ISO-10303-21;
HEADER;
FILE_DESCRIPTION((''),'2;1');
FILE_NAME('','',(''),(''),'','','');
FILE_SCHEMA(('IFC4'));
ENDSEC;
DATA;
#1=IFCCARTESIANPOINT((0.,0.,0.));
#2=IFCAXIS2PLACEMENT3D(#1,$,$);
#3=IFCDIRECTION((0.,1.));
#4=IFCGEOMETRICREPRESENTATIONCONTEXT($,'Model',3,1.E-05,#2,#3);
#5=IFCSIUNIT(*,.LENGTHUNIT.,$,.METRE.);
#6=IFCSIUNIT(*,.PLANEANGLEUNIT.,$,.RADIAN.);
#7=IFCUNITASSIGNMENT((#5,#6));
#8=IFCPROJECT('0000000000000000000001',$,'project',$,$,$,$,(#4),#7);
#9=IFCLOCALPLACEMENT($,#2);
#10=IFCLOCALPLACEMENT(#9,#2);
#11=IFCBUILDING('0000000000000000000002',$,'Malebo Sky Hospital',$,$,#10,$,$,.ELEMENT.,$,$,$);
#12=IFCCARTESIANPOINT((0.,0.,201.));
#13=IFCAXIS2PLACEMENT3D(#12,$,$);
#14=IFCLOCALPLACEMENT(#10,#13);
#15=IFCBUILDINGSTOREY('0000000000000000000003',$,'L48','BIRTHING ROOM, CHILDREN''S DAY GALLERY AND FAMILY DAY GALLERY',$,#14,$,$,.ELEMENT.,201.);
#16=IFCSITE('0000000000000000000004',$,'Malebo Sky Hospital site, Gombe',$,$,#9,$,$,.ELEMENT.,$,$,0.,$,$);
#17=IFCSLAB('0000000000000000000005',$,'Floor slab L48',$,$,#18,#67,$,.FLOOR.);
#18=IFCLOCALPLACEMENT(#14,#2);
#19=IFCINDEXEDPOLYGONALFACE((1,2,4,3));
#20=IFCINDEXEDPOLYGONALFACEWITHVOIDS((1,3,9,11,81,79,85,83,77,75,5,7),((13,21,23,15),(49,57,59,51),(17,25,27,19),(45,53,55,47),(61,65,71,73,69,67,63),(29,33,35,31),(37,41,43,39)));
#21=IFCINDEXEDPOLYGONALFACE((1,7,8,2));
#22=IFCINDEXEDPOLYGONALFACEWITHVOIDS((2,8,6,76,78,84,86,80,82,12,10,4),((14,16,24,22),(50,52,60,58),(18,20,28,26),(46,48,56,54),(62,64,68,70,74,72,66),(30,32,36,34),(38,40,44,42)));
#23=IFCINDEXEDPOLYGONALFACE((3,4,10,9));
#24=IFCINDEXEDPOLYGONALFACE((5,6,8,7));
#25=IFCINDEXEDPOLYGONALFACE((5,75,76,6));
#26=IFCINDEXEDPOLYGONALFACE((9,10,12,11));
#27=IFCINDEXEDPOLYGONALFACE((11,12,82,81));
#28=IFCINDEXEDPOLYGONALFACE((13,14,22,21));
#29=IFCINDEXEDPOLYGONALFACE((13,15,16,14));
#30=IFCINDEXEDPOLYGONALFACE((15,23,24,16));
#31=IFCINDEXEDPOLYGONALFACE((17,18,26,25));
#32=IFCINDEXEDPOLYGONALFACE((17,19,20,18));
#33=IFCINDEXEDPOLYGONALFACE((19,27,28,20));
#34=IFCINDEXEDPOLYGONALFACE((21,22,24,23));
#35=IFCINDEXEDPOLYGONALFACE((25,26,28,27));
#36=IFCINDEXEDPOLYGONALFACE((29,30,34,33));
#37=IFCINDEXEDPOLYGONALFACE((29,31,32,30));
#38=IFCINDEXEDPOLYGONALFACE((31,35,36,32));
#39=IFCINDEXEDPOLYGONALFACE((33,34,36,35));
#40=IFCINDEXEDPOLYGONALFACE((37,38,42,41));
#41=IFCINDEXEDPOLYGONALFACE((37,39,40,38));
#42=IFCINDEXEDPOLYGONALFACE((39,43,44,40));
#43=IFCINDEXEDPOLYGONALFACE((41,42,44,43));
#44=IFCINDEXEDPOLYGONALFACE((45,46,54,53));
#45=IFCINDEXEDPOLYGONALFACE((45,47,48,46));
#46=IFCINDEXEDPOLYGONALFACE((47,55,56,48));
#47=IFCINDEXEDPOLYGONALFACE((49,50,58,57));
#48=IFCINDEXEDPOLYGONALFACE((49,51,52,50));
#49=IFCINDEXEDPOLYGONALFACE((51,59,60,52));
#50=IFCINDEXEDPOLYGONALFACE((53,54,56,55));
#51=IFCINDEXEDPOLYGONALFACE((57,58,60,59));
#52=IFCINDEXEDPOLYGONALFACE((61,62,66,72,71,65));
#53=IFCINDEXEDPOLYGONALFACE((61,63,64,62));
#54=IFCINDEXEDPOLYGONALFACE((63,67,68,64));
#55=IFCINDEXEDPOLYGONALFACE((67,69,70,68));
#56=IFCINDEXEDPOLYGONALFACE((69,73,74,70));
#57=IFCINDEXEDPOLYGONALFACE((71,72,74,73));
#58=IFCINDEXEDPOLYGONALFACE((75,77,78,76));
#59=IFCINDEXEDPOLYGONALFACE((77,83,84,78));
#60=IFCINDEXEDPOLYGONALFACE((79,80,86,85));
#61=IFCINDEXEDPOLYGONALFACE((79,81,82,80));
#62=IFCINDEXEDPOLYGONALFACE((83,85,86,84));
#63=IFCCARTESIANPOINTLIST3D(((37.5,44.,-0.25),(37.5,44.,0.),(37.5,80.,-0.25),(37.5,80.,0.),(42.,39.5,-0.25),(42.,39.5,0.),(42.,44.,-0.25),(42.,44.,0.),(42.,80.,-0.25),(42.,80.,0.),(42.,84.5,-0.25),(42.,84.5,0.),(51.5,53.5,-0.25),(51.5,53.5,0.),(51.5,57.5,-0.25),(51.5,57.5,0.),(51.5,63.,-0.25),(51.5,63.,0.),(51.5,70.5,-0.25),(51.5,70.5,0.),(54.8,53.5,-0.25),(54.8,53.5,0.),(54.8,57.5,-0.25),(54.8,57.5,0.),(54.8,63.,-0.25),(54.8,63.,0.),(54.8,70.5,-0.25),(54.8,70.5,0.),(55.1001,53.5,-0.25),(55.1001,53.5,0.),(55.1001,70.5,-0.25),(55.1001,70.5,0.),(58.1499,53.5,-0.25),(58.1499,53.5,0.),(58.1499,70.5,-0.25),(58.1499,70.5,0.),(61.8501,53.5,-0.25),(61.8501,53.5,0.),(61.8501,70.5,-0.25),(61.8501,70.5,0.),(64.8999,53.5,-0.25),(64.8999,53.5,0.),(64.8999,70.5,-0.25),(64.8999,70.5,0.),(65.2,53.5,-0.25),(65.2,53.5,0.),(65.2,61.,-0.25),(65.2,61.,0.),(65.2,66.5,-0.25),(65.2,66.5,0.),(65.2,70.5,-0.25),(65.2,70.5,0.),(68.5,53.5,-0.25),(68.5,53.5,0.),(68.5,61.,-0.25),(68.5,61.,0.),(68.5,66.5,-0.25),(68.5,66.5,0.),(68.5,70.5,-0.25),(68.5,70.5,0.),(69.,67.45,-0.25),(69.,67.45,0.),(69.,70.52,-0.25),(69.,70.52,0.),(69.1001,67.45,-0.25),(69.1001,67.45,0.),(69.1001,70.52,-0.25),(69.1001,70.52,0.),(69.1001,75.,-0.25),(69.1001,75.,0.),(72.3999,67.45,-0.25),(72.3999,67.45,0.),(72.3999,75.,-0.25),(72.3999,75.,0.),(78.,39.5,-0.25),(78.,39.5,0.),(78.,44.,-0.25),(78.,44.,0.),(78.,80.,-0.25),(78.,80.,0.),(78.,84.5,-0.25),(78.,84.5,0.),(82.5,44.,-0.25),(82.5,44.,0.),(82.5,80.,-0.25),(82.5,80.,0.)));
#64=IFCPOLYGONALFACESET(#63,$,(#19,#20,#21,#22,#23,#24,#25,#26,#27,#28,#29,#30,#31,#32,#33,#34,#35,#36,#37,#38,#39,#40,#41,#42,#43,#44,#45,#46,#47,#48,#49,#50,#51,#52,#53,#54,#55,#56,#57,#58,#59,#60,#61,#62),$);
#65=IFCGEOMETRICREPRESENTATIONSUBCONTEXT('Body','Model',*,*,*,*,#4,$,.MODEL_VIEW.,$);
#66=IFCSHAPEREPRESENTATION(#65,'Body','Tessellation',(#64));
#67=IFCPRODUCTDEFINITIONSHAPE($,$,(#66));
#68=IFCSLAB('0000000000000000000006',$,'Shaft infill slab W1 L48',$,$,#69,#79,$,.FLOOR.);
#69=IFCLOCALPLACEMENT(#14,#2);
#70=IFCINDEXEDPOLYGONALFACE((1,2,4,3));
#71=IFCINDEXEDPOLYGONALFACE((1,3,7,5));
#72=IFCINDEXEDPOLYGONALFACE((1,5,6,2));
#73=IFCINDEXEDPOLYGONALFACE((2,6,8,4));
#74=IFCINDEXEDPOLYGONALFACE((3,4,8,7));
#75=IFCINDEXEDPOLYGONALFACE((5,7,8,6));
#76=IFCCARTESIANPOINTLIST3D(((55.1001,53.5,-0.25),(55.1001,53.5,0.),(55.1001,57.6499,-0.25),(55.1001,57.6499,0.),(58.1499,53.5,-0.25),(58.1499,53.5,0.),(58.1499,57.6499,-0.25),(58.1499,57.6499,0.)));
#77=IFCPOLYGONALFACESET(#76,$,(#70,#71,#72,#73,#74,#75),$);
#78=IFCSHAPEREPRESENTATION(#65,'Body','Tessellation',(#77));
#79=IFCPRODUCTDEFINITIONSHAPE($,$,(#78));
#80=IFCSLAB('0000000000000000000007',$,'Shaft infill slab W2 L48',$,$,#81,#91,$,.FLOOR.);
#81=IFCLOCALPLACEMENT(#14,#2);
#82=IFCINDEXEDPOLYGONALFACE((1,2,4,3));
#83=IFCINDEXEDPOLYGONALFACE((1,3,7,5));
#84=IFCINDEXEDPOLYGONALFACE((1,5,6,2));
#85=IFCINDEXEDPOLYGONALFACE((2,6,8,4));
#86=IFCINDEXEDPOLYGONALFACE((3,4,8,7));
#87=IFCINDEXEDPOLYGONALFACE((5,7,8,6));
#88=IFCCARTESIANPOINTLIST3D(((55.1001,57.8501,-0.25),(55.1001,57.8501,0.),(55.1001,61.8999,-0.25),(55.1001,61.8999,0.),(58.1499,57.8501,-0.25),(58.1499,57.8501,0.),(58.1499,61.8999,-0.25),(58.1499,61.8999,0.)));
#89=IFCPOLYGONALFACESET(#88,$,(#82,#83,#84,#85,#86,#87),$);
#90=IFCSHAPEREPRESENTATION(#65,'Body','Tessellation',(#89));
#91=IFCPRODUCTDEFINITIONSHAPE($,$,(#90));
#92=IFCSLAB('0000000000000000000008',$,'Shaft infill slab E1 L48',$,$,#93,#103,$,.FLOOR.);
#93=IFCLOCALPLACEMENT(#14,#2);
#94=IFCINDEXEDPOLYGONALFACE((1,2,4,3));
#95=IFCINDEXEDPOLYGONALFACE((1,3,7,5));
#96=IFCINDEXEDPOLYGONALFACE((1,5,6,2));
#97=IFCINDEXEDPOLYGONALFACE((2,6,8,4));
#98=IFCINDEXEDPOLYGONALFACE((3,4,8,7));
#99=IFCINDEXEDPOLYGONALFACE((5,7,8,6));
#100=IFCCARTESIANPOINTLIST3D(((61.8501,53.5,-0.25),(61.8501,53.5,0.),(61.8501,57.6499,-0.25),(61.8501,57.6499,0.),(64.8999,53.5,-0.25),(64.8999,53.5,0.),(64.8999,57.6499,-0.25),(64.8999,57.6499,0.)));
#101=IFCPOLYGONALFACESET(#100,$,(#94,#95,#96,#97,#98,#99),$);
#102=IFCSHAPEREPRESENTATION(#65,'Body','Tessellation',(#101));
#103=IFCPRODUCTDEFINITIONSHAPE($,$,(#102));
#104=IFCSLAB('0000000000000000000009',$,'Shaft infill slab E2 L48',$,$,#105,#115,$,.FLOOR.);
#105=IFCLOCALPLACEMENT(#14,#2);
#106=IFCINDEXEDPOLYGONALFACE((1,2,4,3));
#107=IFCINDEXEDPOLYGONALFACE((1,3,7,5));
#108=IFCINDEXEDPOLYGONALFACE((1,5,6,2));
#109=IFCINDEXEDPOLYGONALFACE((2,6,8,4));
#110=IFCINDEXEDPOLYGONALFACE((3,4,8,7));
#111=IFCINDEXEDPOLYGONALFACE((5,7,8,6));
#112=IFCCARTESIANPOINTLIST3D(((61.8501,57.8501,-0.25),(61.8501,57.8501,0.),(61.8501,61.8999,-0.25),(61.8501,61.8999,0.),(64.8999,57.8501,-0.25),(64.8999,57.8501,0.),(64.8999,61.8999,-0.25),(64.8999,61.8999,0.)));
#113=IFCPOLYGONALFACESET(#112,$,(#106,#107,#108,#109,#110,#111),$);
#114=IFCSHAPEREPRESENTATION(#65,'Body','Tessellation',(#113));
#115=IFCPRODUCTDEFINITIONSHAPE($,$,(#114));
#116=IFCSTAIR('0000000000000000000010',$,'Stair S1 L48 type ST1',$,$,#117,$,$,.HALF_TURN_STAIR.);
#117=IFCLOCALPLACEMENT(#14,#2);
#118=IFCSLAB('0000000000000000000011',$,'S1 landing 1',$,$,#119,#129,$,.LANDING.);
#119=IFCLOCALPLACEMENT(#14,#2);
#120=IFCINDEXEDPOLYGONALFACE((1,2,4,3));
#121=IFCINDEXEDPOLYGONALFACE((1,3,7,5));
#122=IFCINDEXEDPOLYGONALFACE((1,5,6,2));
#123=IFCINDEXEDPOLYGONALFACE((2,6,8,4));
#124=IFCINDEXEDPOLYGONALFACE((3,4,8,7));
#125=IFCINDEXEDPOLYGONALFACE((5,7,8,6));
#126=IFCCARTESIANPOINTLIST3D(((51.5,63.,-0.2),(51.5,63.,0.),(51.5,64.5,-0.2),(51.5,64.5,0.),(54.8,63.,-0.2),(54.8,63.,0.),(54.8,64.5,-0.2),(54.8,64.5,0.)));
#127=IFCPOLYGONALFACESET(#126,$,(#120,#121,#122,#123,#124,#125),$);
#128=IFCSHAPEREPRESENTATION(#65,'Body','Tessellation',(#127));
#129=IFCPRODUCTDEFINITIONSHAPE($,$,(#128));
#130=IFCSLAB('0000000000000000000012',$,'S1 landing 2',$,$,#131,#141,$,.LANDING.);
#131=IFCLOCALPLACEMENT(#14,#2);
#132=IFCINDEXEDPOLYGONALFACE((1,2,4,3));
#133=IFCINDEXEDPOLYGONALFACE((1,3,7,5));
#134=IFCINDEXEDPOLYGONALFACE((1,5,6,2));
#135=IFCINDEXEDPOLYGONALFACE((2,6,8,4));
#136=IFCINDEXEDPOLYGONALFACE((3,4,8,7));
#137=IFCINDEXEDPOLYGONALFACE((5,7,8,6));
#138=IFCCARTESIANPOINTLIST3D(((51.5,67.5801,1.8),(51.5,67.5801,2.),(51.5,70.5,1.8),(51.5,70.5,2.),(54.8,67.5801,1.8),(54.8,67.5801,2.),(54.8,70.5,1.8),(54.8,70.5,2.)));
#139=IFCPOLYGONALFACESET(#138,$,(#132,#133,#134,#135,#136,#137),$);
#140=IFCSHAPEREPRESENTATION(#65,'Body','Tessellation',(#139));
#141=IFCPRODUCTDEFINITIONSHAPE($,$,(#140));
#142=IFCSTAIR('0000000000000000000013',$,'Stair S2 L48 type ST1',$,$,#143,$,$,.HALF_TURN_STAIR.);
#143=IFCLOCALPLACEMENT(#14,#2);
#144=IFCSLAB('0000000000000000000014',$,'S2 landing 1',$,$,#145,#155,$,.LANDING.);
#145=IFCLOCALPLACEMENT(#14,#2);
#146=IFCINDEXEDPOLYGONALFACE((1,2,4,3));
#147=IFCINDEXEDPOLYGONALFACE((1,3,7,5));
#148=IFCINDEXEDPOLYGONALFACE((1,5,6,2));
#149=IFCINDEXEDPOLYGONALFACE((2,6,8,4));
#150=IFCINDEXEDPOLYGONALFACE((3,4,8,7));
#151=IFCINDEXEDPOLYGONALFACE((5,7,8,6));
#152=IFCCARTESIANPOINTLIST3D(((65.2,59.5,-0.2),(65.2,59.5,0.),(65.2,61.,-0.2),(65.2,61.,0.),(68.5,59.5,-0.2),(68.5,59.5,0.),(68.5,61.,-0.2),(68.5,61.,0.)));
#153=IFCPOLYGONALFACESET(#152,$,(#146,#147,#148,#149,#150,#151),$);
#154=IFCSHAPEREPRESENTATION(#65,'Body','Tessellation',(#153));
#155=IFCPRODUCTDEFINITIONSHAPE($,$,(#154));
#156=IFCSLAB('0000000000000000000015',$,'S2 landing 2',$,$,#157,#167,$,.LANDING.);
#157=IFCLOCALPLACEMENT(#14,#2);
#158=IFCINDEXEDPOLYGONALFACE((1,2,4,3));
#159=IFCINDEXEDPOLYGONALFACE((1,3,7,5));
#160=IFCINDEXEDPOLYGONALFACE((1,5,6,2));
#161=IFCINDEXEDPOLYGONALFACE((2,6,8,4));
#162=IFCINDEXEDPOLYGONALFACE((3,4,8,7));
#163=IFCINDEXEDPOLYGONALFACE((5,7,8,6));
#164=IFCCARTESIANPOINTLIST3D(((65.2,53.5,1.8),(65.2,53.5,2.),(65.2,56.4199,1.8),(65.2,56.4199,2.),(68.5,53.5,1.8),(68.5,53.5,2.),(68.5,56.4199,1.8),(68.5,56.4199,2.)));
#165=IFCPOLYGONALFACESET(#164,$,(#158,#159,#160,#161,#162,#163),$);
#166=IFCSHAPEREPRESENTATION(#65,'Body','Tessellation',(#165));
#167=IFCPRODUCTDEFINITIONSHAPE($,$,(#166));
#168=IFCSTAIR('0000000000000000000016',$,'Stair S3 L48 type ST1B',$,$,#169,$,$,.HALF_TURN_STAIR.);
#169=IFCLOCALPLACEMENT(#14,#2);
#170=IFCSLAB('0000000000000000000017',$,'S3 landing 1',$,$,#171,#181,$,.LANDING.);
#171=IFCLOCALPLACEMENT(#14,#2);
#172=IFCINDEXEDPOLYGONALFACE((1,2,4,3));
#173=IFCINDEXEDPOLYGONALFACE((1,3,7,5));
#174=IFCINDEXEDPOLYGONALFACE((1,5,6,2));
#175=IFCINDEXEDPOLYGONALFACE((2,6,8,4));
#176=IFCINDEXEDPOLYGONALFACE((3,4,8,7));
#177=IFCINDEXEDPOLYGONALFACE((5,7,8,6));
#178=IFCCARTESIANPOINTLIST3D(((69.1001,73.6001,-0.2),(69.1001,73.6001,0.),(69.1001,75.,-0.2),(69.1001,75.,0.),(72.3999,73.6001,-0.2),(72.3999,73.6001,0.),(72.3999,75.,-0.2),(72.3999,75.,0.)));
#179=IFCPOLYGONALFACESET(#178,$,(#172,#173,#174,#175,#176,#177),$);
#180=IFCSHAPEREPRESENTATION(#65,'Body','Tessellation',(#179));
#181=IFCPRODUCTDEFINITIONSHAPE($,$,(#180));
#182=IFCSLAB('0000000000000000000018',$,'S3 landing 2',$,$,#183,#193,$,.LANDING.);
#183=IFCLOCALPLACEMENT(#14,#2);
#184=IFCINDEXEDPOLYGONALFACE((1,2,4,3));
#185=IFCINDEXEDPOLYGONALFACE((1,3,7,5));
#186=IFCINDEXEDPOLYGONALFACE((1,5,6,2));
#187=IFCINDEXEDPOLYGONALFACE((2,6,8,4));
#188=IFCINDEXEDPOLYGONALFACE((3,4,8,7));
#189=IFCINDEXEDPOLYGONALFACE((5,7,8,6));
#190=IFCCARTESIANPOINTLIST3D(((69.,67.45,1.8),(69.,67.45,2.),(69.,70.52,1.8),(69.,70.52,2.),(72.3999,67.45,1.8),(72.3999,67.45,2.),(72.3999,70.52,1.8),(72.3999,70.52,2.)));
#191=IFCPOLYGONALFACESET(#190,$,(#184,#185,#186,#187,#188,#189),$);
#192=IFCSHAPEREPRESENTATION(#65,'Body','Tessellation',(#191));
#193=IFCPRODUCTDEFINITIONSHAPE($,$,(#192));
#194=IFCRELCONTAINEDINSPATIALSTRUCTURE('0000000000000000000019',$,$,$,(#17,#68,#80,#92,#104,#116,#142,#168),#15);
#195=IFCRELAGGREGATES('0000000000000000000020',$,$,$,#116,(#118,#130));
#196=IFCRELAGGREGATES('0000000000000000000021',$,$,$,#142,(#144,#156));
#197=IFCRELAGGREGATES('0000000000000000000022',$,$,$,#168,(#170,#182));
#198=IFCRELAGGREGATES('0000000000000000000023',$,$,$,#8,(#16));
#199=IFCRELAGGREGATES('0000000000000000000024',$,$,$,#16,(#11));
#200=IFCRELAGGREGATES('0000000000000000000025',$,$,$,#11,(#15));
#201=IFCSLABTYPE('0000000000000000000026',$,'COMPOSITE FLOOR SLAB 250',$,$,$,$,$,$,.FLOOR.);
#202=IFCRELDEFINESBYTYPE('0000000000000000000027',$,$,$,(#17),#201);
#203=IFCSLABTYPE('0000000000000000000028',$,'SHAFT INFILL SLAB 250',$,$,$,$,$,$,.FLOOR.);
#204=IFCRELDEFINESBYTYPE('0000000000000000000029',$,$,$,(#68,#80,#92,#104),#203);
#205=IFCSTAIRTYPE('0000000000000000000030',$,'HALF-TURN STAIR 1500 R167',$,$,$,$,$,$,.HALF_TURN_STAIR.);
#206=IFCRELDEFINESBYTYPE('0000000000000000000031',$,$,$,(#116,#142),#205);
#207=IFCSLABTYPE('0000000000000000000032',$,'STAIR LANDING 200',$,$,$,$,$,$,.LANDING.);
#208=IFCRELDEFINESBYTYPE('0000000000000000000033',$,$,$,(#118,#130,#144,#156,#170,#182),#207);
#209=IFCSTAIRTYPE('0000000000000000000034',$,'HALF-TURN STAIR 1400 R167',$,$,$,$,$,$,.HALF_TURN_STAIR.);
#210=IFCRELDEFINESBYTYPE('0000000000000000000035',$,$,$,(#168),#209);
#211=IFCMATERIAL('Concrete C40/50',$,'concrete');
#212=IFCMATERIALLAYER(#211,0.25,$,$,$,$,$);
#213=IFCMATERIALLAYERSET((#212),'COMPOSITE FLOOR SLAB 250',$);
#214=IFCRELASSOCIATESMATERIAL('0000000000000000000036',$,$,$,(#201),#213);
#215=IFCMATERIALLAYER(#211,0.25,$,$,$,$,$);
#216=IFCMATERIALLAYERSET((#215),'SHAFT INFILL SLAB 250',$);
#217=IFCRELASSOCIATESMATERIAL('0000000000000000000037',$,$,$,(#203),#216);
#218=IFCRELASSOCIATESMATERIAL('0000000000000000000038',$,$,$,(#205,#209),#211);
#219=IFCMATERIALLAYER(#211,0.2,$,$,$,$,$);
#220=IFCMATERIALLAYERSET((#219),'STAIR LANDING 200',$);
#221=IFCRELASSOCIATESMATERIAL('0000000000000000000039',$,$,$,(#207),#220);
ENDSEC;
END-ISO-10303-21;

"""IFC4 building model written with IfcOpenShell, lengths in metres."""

from ifc_helpers import new_model, si_unit, direction, frame, origin, place, context, subcontext, project, spatial, polyline, outline, extrude, material, layer, layer_set, type_object, element, aggregate, save


model = new_model("IFC4")

# Units and contexts
model_context = context("Model", 3, precision=1e-05, world=origin(), true_north=direction((0.0, 1.0)))
body_context = subcontext(model_context, "Body", "Model", "MODEL_VIEW")
ifc_project = project(units=[si_unit("LENGTHUNIT", "METRE"), si_unit("PLANEANGLEUNIT", "RADIAN")], contexts=[model_context])

# Site, building, storey
site_placement = place(None, origin())
site = spatial("IfcSite", under=ifc_project, at=site_placement, Name="Malebo Sky Hospital site, Gombe", CompositionType="ELEMENT", RefElevation=0.0)
building_placement = place(site_placement, origin())
building = spatial("IfcBuilding", under=site, at=building_placement, Name="Malebo Sky Hospital", CompositionType="ELEMENT")
storey_placement = place(building_placement, frame((0.0, 0.0, 201.0)))
storey = spatial("IfcBuildingStorey", under=building, at=storey_placement, Name="L48", Description="BIRTHING ROOM, CHILDREN'S DAY GALLERY AND FAMILY DAY GALLERY", CompositionType="ELEMENT", Elevation=201.0)

# Slabs
ifc_material_1 = material(Name="Concrete C40/50", Category="concrete")
ifc_layer_1 = layer(ifc_material_1, 0.25)
ifc_layer_set_1 = layer_set([ifc_layer_1], Name="COMPOSITE FLOOR SLAB 250")
slab_type_1 = type_object("IfcSlabType", Name="COMPOSITE FLOOR SLAB 250", PredefinedType="FLOOR", material=ifc_layer_set_1)
slab_1_placement = place(storey_placement, frame((0.0, 0.0, -0.25)))
element("IfcSlab", 1, at=slab_1_placement, inside=storey, type_object=slab_type_1, Name="Floor slab L48", PredefinedType="FLOOR", context=body_context, shape_type="SweptSolid", body=[
    extrude(outline(polyline([(42.0, 84.5), (42.0, 80.0), (37.5, 80.0), (37.5, 44.0), (42.0, 44.0), (42.0, 39.5), (78.0, 39.5), (78.0, 44.0), (82.5, 44.0), (82.5, 80.0), (78.0, 80.0), (78.0, 84.5), (42.0, 84.5)]), holes=[polyline([(55.1001, 70.5), (58.1499, 70.5), (58.1499, 53.5), (55.1001, 53.5), (55.1001, 70.5)]), polyline([(64.8999, 70.5), (64.8999, 53.5), (61.8501, 53.5), (61.8501, 70.5), (64.8999, 70.5)]), polyline([(54.8, 63.0), (51.5, 63.0), (51.5, 70.5), (54.8, 70.5), (54.8, 63.0)]), polyline([(51.5, 53.5), (51.5, 57.5), (54.8, 57.5), (54.8, 53.5), (51.5, 53.5)]), polyline([(65.2, 61.0), (68.5, 61.0), (68.5, 53.5), (65.2, 53.5), (65.2, 61.0)]), polyline([(68.5, 70.5), (68.5, 66.5), (65.2, 66.5), (65.2, 70.5), (68.5, 70.5)]), polyline([(69.0, 67.45), (69.0, 70.52), (69.1001, 70.52), (69.1001, 75.0), (72.3999, 75.0), (72.3999, 67.45), (69.1001, 67.45), (69.0, 67.45)])]), origin(), (0.0, 0.0, 1.0), 0.25),
])
ifc_layer_2 = layer(ifc_material_1, 0.25)
ifc_layer_set_2 = layer_set([ifc_layer_2], Name="SHAFT INFILL SLAB 250")
slab_type_2 = type_object("IfcSlabType", Name="SHAFT INFILL SLAB 250", PredefinedType="FLOOR", material=ifc_layer_set_2)
slab_2_placement = place(storey_placement, frame((0.0, 0.0, -0.25)))
element("IfcSlab", 2, at=slab_2_placement, inside=storey, type_object=slab_type_2, Name="Shaft infill slab W1 L48", PredefinedType="FLOOR", context=body_context, shape_type="SweptSolid", body=[
    extrude(outline(polyline([(55.1001, 53.5), (58.1499, 53.5), (58.1499, 57.6499), (55.1001, 57.6499), (55.1001, 53.5)])), origin(), (0.0, 0.0, 1.0), 0.25),
])
slab_3_placement = place(storey_placement, frame((0.0, 0.0, -0.25)))
element("IfcSlab", 3, at=slab_3_placement, inside=storey, type_object=slab_type_2, Name="Shaft infill slab W2 L48", PredefinedType="FLOOR", context=body_context, shape_type="SweptSolid", body=[
    extrude(outline(polyline([(55.1001, 57.8501), (58.1499, 57.8501), (58.1499, 61.8999), (55.1001, 61.8999), (55.1001, 57.8501)])), origin(), (0.0, 0.0, 1.0), 0.25),
])
slab_4_placement = place(storey_placement, frame((0.0, 0.0, -0.25)))
element("IfcSlab", 4, at=slab_4_placement, inside=storey, type_object=slab_type_2, Name="Shaft infill slab E1 L48", PredefinedType="FLOOR", context=body_context, shape_type="SweptSolid", body=[
    extrude(outline(polyline([(61.8501, 53.5), (64.8999, 53.5), (64.8999, 57.6499), (61.8501, 57.6499), (61.8501, 53.5)])), origin(), (0.0, 0.0, 1.0), 0.25),
])
slab_5_placement = place(storey_placement, frame((0.0, 0.0, -0.25)))
element("IfcSlab", 5, at=slab_5_placement, inside=storey, type_object=slab_type_2, Name="Shaft infill slab E2 L48", PredefinedType="FLOOR", context=body_context, shape_type="SweptSolid", body=[
    extrude(outline(polyline([(61.8501, 57.8501), (64.8999, 57.8501), (64.8999, 61.8999), (61.8501, 61.8999), (61.8501, 57.8501)])), origin(), (0.0, 0.0, 1.0), 0.25),
])

# Stairs, slabs
stair_type_1 = type_object("IfcStairType", Name="HALF-TURN STAIR 1500 R167", PredefinedType="HALF_TURN_STAIR", material=ifc_material_1)
stair_1_placement = place(storey_placement, origin())
stair_1 = element("IfcStair", 6, at=stair_1_placement, inside=storey, type_object=stair_type_1, Name="Stair S1 L48 type ST1", PredefinedType="HALF_TURN_STAIR")
ifc_layer_3 = layer(ifc_material_1, 0.2)
ifc_layer_set_3 = layer_set([ifc_layer_3], Name="STAIR LANDING 200")
slab_type_3 = type_object("IfcSlabType", Name="STAIR LANDING 200", PredefinedType="LANDING", material=ifc_layer_set_3)
slab_6_placement = place(storey_placement, frame((0.0, 0.0, -0.2)))
slab_6 = element("IfcSlab", 7, at=slab_6_placement, type_object=slab_type_3, Name="S1 landing 1", PredefinedType="LANDING", context=body_context, shape_type="SweptSolid", body=[
    extrude(outline(polyline([(51.5, 63.0), (54.8, 63.0), (54.8, 64.5), (51.5, 64.5), (51.5, 63.0)])), origin(), (0.0, 0.0, 1.0), 0.2),
])
slab_7_placement = place(storey_placement, frame((0.0, 0.0, 1.8)))
slab_7 = element("IfcSlab", 8, at=slab_7_placement, type_object=slab_type_3, Name="S1 landing 2", PredefinedType="LANDING", context=body_context, shape_type="SweptSolid", body=[
    extrude(outline(polyline([(51.5, 67.5801), (54.8, 67.5801), (54.8, 70.5), (51.5, 70.5), (51.5, 67.5801)])), origin(), (0.0, 0.0, 1.0), 0.2),
])
aggregate(stair_1, [slab_6, slab_7])
stair_2_placement = place(storey_placement, origin())
stair_2 = element("IfcStair", 9, at=stair_2_placement, inside=storey, type_object=stair_type_1, Name="Stair S2 L48 type ST1", PredefinedType="HALF_TURN_STAIR")
slab_8_placement = place(storey_placement, frame((0.0, 0.0, -0.2)))
slab_8 = element("IfcSlab", 10, at=slab_8_placement, type_object=slab_type_3, Name="S2 landing 1", PredefinedType="LANDING", context=body_context, shape_type="SweptSolid", body=[
    extrude(outline(polyline([(65.2, 59.5), (68.5, 59.5), (68.5, 61.0), (65.2, 61.0), (65.2, 59.5)])), origin(), (0.0, 0.0, 1.0), 0.2),
])
slab_9_placement = place(storey_placement, frame((0.0, 0.0, 1.8)))
slab_9 = element("IfcSlab", 11, at=slab_9_placement, type_object=slab_type_3, Name="S2 landing 2", PredefinedType="LANDING", context=body_context, shape_type="SweptSolid", body=[
    extrude(outline(polyline([(65.2, 53.5), (68.5, 53.5), (68.5, 56.4199), (65.2, 56.4199), (65.2, 53.5)])), origin(), (0.0, 0.0, 1.0), 0.2),
])
aggregate(stair_2, [slab_8, slab_9])
stair_type_2 = type_object("IfcStairType", Name="HALF-TURN STAIR 1400 R167", PredefinedType="HALF_TURN_STAIR", material=ifc_material_1)
stair_3_placement = place(storey_placement, origin())
stair_3 = element("IfcStair", 12, at=stair_3_placement, inside=storey, type_object=stair_type_2, Name="Stair S3 L48 type ST1B", PredefinedType="HALF_TURN_STAIR")
slab_10_placement = place(storey_placement, frame((0.0, 0.0, -0.2)))
slab_10 = element("IfcSlab", 13, at=slab_10_placement, type_object=slab_type_3, Name="S3 landing 1", PredefinedType="LANDING", context=body_context, shape_type="SweptSolid", body=[
    extrude(outline(polyline([(69.1001, 73.6001), (72.3999, 73.6001), (72.3999, 75.0), (69.1001, 75.0), (69.1001, 73.6001)])), origin(), (0.0, 0.0, 1.0), 0.2),
])
slab_11_placement = place(storey_placement, frame((0.0, 0.0, 1.8)))
slab_11 = element("IfcSlab", 14, at=slab_11_placement, type_object=slab_type_3, Name="S3 landing 2", PredefinedType="LANDING", context=body_context, shape_type="SweptSolid", body=[
    extrude(outline(polyline([(69.0, 67.45), (72.3999, 67.45), (72.3999, 70.52), (69.0, 70.52), (69.0, 67.45)])), origin(), (0.0, 0.0, 1.0), 0.2),
])
aggregate(stair_3, [slab_10, slab_11])

save(model, "model.ifc")
